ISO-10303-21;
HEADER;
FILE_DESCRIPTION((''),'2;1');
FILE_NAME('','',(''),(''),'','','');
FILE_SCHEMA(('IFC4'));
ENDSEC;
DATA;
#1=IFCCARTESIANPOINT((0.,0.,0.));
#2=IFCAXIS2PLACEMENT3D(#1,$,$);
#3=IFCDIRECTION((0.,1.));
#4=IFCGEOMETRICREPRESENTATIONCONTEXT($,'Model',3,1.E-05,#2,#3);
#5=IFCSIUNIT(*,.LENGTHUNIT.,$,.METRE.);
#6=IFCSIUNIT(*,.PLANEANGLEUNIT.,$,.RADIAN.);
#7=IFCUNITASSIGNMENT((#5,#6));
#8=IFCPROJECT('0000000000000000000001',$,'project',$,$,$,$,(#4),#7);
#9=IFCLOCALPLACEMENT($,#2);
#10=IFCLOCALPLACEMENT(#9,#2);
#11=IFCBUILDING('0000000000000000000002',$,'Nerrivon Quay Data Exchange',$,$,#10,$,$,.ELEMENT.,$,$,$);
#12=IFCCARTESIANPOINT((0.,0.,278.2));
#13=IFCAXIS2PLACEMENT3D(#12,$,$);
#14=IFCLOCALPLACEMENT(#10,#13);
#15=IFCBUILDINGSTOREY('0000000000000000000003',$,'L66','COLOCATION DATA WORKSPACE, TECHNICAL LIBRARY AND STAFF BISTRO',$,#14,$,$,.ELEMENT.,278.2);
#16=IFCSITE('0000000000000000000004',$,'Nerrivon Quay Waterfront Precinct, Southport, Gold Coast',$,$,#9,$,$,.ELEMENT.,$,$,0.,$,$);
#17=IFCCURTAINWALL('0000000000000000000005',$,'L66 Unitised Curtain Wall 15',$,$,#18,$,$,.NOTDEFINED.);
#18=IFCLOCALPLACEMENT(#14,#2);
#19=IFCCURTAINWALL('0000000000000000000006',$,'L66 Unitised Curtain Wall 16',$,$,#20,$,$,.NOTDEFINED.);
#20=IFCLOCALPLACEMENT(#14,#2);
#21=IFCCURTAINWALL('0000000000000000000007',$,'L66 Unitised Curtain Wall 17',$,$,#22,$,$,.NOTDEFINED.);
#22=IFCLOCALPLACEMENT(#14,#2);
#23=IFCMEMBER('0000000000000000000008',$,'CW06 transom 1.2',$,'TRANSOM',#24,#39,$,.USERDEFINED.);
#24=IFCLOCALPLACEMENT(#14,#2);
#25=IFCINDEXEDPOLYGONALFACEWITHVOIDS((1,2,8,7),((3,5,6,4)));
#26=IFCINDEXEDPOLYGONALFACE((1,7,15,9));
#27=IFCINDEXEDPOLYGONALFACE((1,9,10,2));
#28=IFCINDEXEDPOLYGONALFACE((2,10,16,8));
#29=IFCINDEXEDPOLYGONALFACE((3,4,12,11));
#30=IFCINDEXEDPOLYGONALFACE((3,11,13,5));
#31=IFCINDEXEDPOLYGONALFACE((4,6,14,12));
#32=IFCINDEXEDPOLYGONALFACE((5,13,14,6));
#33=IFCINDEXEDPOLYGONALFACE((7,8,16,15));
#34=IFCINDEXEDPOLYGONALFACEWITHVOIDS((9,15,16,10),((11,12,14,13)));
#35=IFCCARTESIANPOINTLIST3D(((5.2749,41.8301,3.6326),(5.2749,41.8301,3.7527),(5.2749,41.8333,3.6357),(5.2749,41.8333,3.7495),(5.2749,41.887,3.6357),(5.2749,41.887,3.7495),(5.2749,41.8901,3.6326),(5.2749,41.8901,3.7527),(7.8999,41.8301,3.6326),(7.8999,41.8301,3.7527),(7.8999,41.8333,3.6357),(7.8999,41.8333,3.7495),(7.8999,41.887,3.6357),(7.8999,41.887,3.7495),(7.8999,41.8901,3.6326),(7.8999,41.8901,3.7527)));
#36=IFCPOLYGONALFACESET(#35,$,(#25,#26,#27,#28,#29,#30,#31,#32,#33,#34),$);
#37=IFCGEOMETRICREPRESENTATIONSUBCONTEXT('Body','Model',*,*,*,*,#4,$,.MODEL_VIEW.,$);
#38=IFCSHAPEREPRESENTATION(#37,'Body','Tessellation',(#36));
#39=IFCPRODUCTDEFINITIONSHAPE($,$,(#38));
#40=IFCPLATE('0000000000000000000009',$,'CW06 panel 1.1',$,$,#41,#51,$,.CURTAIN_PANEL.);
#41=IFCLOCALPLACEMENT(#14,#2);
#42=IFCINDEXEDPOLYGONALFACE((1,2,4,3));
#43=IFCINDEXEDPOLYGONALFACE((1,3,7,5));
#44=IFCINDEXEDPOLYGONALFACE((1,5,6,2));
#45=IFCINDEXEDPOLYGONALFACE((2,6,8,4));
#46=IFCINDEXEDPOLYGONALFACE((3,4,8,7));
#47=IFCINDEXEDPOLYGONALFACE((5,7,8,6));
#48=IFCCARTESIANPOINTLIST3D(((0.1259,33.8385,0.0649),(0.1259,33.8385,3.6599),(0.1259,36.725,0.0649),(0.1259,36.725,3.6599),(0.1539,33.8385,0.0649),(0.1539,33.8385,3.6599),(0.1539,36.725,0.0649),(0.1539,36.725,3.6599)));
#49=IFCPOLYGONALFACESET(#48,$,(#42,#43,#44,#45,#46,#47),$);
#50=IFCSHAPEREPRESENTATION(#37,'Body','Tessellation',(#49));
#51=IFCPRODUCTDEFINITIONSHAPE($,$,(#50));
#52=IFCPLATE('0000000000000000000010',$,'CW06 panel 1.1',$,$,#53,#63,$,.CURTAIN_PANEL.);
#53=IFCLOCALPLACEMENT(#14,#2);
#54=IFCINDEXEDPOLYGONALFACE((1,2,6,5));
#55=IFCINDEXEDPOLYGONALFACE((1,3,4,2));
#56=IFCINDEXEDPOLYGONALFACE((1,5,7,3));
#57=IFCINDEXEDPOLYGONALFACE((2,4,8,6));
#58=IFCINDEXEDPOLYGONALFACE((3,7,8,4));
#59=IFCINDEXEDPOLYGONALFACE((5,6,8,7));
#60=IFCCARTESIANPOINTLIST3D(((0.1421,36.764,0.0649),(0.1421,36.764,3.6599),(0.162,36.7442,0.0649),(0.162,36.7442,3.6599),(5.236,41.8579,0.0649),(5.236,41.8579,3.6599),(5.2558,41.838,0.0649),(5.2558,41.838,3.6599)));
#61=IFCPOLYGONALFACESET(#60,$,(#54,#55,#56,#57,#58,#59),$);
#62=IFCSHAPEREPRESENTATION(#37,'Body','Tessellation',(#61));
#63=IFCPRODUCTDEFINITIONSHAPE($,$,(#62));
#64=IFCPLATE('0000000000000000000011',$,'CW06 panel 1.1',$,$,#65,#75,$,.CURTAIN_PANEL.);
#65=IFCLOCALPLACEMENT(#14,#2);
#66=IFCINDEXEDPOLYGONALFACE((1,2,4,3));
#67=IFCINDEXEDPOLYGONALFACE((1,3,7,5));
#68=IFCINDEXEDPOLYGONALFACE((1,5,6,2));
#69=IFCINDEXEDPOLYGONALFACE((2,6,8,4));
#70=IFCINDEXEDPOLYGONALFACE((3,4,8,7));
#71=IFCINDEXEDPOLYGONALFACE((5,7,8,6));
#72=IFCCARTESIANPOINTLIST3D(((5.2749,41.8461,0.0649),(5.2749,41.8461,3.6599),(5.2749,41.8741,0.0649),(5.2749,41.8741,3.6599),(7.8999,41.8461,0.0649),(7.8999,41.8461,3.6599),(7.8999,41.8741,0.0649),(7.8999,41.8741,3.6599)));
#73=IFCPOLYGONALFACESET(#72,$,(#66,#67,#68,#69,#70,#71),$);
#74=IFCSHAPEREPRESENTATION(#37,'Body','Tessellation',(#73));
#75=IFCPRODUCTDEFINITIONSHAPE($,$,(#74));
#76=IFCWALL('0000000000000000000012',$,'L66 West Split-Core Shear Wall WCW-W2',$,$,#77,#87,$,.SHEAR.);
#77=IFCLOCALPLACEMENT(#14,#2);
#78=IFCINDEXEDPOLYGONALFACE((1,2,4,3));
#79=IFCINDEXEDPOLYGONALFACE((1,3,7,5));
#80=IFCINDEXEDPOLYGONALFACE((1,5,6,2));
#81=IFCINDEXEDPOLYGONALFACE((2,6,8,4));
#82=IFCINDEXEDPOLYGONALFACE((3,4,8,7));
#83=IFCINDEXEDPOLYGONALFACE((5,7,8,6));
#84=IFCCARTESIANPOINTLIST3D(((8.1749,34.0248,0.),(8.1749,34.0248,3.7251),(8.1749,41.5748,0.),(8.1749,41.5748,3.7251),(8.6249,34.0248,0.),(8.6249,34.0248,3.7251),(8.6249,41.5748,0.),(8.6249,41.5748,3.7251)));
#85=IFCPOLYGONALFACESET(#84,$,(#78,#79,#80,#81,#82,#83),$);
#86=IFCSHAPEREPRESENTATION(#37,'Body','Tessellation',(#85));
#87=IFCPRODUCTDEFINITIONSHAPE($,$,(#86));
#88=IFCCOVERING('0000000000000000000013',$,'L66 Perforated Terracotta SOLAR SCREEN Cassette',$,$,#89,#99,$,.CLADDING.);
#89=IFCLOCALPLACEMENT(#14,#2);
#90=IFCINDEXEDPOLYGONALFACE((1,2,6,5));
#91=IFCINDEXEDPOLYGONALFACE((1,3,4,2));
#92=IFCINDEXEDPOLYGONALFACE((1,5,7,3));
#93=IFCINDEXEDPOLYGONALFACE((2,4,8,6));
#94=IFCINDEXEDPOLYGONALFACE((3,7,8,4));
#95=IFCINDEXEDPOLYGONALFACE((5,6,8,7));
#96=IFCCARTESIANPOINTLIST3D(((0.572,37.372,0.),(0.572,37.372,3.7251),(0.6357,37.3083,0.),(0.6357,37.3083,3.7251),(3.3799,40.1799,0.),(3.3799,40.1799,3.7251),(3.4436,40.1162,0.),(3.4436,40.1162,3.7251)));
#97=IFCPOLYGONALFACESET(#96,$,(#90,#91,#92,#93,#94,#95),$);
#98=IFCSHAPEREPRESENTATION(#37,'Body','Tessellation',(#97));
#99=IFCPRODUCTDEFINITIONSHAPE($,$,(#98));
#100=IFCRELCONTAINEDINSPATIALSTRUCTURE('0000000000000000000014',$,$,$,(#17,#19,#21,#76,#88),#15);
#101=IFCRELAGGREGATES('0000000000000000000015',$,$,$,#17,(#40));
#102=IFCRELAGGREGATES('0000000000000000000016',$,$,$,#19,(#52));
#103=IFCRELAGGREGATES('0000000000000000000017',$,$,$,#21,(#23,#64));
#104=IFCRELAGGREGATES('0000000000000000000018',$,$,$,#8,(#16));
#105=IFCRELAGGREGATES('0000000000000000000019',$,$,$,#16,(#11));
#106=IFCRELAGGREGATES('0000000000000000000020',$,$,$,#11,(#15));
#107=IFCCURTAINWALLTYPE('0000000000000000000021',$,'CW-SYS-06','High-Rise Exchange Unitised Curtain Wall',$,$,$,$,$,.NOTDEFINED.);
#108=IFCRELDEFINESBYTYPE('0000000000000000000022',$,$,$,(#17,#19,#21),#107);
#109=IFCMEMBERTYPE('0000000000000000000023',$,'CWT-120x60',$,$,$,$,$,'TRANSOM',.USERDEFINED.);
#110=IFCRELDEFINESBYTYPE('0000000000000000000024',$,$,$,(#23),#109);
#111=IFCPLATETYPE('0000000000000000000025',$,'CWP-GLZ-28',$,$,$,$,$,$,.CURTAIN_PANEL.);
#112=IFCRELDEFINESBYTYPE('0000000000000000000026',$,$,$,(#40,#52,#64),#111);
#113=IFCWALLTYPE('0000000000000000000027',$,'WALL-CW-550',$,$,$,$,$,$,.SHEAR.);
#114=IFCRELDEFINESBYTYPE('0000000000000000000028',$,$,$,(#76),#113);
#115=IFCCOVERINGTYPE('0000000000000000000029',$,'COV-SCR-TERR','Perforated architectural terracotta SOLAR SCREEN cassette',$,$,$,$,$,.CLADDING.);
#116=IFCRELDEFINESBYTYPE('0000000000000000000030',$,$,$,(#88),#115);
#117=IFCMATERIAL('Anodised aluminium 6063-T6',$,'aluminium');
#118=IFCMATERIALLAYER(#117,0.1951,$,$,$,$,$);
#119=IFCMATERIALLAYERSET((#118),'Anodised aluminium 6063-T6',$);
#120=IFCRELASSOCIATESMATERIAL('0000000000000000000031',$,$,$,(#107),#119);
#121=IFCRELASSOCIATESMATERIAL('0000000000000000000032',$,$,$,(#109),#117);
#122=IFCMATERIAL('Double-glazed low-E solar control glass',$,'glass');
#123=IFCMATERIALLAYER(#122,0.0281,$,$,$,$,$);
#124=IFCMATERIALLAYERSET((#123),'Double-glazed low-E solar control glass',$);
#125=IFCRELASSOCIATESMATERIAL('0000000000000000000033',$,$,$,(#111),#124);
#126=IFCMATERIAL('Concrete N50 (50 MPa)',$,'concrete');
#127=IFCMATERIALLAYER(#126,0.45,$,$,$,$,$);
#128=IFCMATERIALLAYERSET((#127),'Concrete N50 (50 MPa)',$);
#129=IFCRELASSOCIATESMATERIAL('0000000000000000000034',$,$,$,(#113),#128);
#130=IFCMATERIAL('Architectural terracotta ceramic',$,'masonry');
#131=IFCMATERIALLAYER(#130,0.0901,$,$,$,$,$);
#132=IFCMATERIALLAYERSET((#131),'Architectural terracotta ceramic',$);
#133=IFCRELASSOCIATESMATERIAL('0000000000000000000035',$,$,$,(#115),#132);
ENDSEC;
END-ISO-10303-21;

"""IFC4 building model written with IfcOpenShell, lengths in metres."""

from ifc_helpers import new_model, si_unit, direction, frame, frame_2d, origin, origin_2d, place, context, subcontext, project, spatial, rectangle, hollow_rectangle, extrude, material, layer, layer_set, material_profile, profile_set, type_object, element, aggregate, save


model = new_model("IFC4")

# Units and contexts
model_context = context("Model", 3, precision=1e-05, world=origin(), true_north=direction((0.0, 1.0)))
body_context = subcontext(model_context, "Body", "Model", "MODEL_VIEW")
ifc_project = project(units=[si_unit("LENGTHUNIT", "METRE"), si_unit("PLANEANGLEUNIT", "RADIAN")], contexts=[model_context])

# Site, building, storey
site_placement = place(None, origin())
site = spatial("IfcSite", under=ifc_project, at=site_placement, Name="Nerrivon Quay Waterfront Precinct, Southport, Gold Coast", CompositionType="ELEMENT", RefElevation=0.0)
building_placement = place(site_placement, origin())
building = spatial("IfcBuilding", under=site, at=building_placement, Name="Nerrivon Quay Data Exchange", CompositionType="ELEMENT")
storey_placement = place(building_placement, frame((0.0, 0.0, 278.2)))
storey = spatial("IfcBuildingStorey", under=building, at=storey_placement, Name="L66", Description="COLOCATION DATA WORKSPACE, TECHNICAL LIBRARY AND STAFF BISTRO", CompositionType="ELEMENT", Elevation=278.2)

# Shared definitions
ifc_material_1 = material(Name="Concrete N50 (50 MPa)", Category="concrete")

# Shared definitions
ifc_material_2 = material(Name="Anodised aluminium 6063-T6", Category="aluminium")
ifc_layer_1 = layer(ifc_material_2, 0.1951)
ifc_layer_set_1 = layer_set([ifc_layer_1], Name="Anodised aluminium 6063-T6")
curtain_wall_type = type_object("IfcCurtainWallType", Name="CW-SYS-06", Description="High-Rise Exchange Unitised Curtain Wall", PredefinedType="NOTDEFINED", material=ifc_layer_set_1)

# Curtain walls
curtain_wall_1_placement = place(storey_placement, origin())
curtain_wall_1 = element("IfcCurtainWall", 1, at=curtain_wall_1_placement, inside=storey, type_object=curtain_wall_type, Name="L66 Unitised Curtain Wall 15", PredefinedType="NOTDEFINED")
curtain_wall_2_placement = place(storey_placement, origin())
curtain_wall_2 = element("IfcCurtainWall", 2, at=curtain_wall_2_placement, inside=storey, type_object=curtain_wall_type, Name="L66 Unitised Curtain Wall 16", PredefinedType="NOTDEFINED")
curtain_wall_3_placement = place(storey_placement, origin())
curtain_wall_3 = element("IfcCurtainWall", 3, at=curtain_wall_3_placement, inside=storey, type_object=curtain_wall_type, Name="L66 Unitised Curtain Wall 17", PredefinedType="NOTDEFINED")

# Member
ifc_material_profile_1 = material_profile(ifc_material_2, hollow_rectangle(XDim=0.0601, YDim=0.1201, WallThickness=0.0032, at=origin_2d()), Name="ALU-TRAN-120x60")
ifc_profile_set_1 = profile_set([ifc_material_profile_1], Name="Anodised aluminium 6063-T6")
member_type_1 = type_object("IfcMemberType", Name="CWT-120x60", ElementType="TRANSOM", PredefinedType="USERDEFINED", material=ifc_profile_set_1)
member_1_placement = place(storey_placement, frame((5.2749, 41.8601, 3.6926), z_axis=(1.0, 0.0, 0.0), x_axis=(0.0, 1.0, 0.0)))
member_1 = element("IfcMember", 4, at=member_1_placement, type_object=member_type_1, Name="CW06 transom 1.2", ObjectType="TRANSOM", PredefinedType="USERDEFINED", context=body_context, shape_type="SweptSolid", body=[
    extrude(hollow_rectangle(XDim=0.0601, YDim=0.1201, WallThickness=0.0032, at=origin_2d()), origin(), (0.0, 0.0, 1.0), 2.625),
])

# Plates
ifc_material_3 = material(Name="Double-glazed low-E solar control glass", Category="glass")
ifc_layer_2 = layer(ifc_material_3, 0.0281)
ifc_layer_set_2 = layer_set([ifc_layer_2], Name="Double-glazed low-E solar control glass")
plate_type = type_object("IfcPlateType", Name="CWP-GLZ-28", PredefinedType="CURTAIN_PANEL", material=ifc_layer_set_2)
plate_1_placement = place(storey_placement, frame((0.1399, 35.2817, 0.0649), z_axis=(0.0, 0.0, 1.0), x_axis=(0.0, 1.0, 0.0)))
plate_1 = element("IfcPlate", 5, at=plate_1_placement, type_object=plate_type, Name="CW06 panel 1.1", PredefinedType="CURTAIN_PANEL", context=body_context, shape_type="SweptSolid", body=[
    extrude(rectangle(XDim=2.8865, YDim=0.0281, at=origin_2d()), origin(), (0.0, 0.0, 1.0), 3.595),
])
aggregate(curtain_wall_1, [plate_1])
plate_2_placement = place(storey_placement, frame((2.699, 39.301, 0.0649), z_axis=(0.0, 0.0, 1.0), x_axis=(0.707107, 0.707107, 0.0)))
plate_2 = element("IfcPlate", 6, at=plate_2_placement, type_object=plate_type, Name="CW06 panel 1.1", PredefinedType="CURTAIN_PANEL", context=body_context, shape_type="SweptSolid", body=[
    extrude(rectangle(XDim=7.2039, YDim=0.0281, at=origin_2d()), origin(), (0.0, 0.0, 1.0), 3.595),
])
aggregate(curtain_wall_2, [plate_2])
plate_3_placement = place(storey_placement, frame((6.5874, 41.8601, 0.0649), z_axis=(0.0, 0.0, 1.0), x_axis=(1.0, 0.0, 0.0)))
plate_3 = element("IfcPlate", 7, at=plate_3_placement, type_object=plate_type, Name="CW06 panel 1.1", PredefinedType="CURTAIN_PANEL", context=body_context, shape_type="SweptSolid", body=[
    extrude(rectangle(XDim=2.625, YDim=0.0281, at=origin_2d()), origin(), (0.0, 0.0, 1.0), 3.595),
])
aggregate(curtain_wall_3, [member_1, plate_3])

# Wall
ifc_layer_3 = layer(ifc_material_1, 0.45)
ifc_layer_set_3 = layer_set([ifc_layer_3], Name="Concrete N50 (50 MPa)")
wall_type = type_object("IfcWallType", Name="WALL-CW-550", PredefinedType="SHEAR", material=ifc_layer_set_3)
wall_placement = place(storey_placement, frame((8.3999, 34.0249, 0.0), z_axis=(0.0, 0.0, 1.0), x_axis=(0.0, 1.0, 0.0)))
element("IfcWall", 8, at=wall_placement, inside=storey, type_object=wall_type, Name="L66 West Split-Core Shear Wall WCW-W2", PredefinedType="SHEAR", context=body_context, shape_type="SweptSolid", body=[
    extrude(rectangle(XDim=7.55, YDim=0.45, at=frame_2d((3.7749, 0.0))), origin(), (0.0, 0.0, 1.0), 3.7251),
])

# Covering
ifc_material_4 = material(Name="Architectural terracotta ceramic", Category="masonry")
ifc_layer_4 = layer(ifc_material_4, 0.0901)
ifc_layer_set_4 = layer_set([ifc_layer_4], Name="Architectural terracotta ceramic")
covering_type = type_object("IfcCoveringType", Name="COV-SCR-TERR", Description="Perforated architectural terracotta SOLAR SCREEN cassette", PredefinedType="CLADDING", material=ifc_layer_set_4)
covering_placement = place(storey_placement, frame((2.0078, 38.7441, 0.0), z_axis=(0.0, 0.0, 1.0), x_axis=(0.707107, 0.707107, 0.0)))
element("IfcCovering", 9, at=covering_placement, inside=storey, type_object=covering_type, Name="L66 Perforated Terracotta SOLAR SCREEN Cassette", PredefinedType="CLADDING", context=body_context, shape_type="SweptSolid", body=[
    extrude(rectangle(XDim=3.9709, YDim=0.0901, at=origin_2d()), origin(), (0.0, 0.0, 1.0), 3.7251),
])

save(model, "model.ifc")
